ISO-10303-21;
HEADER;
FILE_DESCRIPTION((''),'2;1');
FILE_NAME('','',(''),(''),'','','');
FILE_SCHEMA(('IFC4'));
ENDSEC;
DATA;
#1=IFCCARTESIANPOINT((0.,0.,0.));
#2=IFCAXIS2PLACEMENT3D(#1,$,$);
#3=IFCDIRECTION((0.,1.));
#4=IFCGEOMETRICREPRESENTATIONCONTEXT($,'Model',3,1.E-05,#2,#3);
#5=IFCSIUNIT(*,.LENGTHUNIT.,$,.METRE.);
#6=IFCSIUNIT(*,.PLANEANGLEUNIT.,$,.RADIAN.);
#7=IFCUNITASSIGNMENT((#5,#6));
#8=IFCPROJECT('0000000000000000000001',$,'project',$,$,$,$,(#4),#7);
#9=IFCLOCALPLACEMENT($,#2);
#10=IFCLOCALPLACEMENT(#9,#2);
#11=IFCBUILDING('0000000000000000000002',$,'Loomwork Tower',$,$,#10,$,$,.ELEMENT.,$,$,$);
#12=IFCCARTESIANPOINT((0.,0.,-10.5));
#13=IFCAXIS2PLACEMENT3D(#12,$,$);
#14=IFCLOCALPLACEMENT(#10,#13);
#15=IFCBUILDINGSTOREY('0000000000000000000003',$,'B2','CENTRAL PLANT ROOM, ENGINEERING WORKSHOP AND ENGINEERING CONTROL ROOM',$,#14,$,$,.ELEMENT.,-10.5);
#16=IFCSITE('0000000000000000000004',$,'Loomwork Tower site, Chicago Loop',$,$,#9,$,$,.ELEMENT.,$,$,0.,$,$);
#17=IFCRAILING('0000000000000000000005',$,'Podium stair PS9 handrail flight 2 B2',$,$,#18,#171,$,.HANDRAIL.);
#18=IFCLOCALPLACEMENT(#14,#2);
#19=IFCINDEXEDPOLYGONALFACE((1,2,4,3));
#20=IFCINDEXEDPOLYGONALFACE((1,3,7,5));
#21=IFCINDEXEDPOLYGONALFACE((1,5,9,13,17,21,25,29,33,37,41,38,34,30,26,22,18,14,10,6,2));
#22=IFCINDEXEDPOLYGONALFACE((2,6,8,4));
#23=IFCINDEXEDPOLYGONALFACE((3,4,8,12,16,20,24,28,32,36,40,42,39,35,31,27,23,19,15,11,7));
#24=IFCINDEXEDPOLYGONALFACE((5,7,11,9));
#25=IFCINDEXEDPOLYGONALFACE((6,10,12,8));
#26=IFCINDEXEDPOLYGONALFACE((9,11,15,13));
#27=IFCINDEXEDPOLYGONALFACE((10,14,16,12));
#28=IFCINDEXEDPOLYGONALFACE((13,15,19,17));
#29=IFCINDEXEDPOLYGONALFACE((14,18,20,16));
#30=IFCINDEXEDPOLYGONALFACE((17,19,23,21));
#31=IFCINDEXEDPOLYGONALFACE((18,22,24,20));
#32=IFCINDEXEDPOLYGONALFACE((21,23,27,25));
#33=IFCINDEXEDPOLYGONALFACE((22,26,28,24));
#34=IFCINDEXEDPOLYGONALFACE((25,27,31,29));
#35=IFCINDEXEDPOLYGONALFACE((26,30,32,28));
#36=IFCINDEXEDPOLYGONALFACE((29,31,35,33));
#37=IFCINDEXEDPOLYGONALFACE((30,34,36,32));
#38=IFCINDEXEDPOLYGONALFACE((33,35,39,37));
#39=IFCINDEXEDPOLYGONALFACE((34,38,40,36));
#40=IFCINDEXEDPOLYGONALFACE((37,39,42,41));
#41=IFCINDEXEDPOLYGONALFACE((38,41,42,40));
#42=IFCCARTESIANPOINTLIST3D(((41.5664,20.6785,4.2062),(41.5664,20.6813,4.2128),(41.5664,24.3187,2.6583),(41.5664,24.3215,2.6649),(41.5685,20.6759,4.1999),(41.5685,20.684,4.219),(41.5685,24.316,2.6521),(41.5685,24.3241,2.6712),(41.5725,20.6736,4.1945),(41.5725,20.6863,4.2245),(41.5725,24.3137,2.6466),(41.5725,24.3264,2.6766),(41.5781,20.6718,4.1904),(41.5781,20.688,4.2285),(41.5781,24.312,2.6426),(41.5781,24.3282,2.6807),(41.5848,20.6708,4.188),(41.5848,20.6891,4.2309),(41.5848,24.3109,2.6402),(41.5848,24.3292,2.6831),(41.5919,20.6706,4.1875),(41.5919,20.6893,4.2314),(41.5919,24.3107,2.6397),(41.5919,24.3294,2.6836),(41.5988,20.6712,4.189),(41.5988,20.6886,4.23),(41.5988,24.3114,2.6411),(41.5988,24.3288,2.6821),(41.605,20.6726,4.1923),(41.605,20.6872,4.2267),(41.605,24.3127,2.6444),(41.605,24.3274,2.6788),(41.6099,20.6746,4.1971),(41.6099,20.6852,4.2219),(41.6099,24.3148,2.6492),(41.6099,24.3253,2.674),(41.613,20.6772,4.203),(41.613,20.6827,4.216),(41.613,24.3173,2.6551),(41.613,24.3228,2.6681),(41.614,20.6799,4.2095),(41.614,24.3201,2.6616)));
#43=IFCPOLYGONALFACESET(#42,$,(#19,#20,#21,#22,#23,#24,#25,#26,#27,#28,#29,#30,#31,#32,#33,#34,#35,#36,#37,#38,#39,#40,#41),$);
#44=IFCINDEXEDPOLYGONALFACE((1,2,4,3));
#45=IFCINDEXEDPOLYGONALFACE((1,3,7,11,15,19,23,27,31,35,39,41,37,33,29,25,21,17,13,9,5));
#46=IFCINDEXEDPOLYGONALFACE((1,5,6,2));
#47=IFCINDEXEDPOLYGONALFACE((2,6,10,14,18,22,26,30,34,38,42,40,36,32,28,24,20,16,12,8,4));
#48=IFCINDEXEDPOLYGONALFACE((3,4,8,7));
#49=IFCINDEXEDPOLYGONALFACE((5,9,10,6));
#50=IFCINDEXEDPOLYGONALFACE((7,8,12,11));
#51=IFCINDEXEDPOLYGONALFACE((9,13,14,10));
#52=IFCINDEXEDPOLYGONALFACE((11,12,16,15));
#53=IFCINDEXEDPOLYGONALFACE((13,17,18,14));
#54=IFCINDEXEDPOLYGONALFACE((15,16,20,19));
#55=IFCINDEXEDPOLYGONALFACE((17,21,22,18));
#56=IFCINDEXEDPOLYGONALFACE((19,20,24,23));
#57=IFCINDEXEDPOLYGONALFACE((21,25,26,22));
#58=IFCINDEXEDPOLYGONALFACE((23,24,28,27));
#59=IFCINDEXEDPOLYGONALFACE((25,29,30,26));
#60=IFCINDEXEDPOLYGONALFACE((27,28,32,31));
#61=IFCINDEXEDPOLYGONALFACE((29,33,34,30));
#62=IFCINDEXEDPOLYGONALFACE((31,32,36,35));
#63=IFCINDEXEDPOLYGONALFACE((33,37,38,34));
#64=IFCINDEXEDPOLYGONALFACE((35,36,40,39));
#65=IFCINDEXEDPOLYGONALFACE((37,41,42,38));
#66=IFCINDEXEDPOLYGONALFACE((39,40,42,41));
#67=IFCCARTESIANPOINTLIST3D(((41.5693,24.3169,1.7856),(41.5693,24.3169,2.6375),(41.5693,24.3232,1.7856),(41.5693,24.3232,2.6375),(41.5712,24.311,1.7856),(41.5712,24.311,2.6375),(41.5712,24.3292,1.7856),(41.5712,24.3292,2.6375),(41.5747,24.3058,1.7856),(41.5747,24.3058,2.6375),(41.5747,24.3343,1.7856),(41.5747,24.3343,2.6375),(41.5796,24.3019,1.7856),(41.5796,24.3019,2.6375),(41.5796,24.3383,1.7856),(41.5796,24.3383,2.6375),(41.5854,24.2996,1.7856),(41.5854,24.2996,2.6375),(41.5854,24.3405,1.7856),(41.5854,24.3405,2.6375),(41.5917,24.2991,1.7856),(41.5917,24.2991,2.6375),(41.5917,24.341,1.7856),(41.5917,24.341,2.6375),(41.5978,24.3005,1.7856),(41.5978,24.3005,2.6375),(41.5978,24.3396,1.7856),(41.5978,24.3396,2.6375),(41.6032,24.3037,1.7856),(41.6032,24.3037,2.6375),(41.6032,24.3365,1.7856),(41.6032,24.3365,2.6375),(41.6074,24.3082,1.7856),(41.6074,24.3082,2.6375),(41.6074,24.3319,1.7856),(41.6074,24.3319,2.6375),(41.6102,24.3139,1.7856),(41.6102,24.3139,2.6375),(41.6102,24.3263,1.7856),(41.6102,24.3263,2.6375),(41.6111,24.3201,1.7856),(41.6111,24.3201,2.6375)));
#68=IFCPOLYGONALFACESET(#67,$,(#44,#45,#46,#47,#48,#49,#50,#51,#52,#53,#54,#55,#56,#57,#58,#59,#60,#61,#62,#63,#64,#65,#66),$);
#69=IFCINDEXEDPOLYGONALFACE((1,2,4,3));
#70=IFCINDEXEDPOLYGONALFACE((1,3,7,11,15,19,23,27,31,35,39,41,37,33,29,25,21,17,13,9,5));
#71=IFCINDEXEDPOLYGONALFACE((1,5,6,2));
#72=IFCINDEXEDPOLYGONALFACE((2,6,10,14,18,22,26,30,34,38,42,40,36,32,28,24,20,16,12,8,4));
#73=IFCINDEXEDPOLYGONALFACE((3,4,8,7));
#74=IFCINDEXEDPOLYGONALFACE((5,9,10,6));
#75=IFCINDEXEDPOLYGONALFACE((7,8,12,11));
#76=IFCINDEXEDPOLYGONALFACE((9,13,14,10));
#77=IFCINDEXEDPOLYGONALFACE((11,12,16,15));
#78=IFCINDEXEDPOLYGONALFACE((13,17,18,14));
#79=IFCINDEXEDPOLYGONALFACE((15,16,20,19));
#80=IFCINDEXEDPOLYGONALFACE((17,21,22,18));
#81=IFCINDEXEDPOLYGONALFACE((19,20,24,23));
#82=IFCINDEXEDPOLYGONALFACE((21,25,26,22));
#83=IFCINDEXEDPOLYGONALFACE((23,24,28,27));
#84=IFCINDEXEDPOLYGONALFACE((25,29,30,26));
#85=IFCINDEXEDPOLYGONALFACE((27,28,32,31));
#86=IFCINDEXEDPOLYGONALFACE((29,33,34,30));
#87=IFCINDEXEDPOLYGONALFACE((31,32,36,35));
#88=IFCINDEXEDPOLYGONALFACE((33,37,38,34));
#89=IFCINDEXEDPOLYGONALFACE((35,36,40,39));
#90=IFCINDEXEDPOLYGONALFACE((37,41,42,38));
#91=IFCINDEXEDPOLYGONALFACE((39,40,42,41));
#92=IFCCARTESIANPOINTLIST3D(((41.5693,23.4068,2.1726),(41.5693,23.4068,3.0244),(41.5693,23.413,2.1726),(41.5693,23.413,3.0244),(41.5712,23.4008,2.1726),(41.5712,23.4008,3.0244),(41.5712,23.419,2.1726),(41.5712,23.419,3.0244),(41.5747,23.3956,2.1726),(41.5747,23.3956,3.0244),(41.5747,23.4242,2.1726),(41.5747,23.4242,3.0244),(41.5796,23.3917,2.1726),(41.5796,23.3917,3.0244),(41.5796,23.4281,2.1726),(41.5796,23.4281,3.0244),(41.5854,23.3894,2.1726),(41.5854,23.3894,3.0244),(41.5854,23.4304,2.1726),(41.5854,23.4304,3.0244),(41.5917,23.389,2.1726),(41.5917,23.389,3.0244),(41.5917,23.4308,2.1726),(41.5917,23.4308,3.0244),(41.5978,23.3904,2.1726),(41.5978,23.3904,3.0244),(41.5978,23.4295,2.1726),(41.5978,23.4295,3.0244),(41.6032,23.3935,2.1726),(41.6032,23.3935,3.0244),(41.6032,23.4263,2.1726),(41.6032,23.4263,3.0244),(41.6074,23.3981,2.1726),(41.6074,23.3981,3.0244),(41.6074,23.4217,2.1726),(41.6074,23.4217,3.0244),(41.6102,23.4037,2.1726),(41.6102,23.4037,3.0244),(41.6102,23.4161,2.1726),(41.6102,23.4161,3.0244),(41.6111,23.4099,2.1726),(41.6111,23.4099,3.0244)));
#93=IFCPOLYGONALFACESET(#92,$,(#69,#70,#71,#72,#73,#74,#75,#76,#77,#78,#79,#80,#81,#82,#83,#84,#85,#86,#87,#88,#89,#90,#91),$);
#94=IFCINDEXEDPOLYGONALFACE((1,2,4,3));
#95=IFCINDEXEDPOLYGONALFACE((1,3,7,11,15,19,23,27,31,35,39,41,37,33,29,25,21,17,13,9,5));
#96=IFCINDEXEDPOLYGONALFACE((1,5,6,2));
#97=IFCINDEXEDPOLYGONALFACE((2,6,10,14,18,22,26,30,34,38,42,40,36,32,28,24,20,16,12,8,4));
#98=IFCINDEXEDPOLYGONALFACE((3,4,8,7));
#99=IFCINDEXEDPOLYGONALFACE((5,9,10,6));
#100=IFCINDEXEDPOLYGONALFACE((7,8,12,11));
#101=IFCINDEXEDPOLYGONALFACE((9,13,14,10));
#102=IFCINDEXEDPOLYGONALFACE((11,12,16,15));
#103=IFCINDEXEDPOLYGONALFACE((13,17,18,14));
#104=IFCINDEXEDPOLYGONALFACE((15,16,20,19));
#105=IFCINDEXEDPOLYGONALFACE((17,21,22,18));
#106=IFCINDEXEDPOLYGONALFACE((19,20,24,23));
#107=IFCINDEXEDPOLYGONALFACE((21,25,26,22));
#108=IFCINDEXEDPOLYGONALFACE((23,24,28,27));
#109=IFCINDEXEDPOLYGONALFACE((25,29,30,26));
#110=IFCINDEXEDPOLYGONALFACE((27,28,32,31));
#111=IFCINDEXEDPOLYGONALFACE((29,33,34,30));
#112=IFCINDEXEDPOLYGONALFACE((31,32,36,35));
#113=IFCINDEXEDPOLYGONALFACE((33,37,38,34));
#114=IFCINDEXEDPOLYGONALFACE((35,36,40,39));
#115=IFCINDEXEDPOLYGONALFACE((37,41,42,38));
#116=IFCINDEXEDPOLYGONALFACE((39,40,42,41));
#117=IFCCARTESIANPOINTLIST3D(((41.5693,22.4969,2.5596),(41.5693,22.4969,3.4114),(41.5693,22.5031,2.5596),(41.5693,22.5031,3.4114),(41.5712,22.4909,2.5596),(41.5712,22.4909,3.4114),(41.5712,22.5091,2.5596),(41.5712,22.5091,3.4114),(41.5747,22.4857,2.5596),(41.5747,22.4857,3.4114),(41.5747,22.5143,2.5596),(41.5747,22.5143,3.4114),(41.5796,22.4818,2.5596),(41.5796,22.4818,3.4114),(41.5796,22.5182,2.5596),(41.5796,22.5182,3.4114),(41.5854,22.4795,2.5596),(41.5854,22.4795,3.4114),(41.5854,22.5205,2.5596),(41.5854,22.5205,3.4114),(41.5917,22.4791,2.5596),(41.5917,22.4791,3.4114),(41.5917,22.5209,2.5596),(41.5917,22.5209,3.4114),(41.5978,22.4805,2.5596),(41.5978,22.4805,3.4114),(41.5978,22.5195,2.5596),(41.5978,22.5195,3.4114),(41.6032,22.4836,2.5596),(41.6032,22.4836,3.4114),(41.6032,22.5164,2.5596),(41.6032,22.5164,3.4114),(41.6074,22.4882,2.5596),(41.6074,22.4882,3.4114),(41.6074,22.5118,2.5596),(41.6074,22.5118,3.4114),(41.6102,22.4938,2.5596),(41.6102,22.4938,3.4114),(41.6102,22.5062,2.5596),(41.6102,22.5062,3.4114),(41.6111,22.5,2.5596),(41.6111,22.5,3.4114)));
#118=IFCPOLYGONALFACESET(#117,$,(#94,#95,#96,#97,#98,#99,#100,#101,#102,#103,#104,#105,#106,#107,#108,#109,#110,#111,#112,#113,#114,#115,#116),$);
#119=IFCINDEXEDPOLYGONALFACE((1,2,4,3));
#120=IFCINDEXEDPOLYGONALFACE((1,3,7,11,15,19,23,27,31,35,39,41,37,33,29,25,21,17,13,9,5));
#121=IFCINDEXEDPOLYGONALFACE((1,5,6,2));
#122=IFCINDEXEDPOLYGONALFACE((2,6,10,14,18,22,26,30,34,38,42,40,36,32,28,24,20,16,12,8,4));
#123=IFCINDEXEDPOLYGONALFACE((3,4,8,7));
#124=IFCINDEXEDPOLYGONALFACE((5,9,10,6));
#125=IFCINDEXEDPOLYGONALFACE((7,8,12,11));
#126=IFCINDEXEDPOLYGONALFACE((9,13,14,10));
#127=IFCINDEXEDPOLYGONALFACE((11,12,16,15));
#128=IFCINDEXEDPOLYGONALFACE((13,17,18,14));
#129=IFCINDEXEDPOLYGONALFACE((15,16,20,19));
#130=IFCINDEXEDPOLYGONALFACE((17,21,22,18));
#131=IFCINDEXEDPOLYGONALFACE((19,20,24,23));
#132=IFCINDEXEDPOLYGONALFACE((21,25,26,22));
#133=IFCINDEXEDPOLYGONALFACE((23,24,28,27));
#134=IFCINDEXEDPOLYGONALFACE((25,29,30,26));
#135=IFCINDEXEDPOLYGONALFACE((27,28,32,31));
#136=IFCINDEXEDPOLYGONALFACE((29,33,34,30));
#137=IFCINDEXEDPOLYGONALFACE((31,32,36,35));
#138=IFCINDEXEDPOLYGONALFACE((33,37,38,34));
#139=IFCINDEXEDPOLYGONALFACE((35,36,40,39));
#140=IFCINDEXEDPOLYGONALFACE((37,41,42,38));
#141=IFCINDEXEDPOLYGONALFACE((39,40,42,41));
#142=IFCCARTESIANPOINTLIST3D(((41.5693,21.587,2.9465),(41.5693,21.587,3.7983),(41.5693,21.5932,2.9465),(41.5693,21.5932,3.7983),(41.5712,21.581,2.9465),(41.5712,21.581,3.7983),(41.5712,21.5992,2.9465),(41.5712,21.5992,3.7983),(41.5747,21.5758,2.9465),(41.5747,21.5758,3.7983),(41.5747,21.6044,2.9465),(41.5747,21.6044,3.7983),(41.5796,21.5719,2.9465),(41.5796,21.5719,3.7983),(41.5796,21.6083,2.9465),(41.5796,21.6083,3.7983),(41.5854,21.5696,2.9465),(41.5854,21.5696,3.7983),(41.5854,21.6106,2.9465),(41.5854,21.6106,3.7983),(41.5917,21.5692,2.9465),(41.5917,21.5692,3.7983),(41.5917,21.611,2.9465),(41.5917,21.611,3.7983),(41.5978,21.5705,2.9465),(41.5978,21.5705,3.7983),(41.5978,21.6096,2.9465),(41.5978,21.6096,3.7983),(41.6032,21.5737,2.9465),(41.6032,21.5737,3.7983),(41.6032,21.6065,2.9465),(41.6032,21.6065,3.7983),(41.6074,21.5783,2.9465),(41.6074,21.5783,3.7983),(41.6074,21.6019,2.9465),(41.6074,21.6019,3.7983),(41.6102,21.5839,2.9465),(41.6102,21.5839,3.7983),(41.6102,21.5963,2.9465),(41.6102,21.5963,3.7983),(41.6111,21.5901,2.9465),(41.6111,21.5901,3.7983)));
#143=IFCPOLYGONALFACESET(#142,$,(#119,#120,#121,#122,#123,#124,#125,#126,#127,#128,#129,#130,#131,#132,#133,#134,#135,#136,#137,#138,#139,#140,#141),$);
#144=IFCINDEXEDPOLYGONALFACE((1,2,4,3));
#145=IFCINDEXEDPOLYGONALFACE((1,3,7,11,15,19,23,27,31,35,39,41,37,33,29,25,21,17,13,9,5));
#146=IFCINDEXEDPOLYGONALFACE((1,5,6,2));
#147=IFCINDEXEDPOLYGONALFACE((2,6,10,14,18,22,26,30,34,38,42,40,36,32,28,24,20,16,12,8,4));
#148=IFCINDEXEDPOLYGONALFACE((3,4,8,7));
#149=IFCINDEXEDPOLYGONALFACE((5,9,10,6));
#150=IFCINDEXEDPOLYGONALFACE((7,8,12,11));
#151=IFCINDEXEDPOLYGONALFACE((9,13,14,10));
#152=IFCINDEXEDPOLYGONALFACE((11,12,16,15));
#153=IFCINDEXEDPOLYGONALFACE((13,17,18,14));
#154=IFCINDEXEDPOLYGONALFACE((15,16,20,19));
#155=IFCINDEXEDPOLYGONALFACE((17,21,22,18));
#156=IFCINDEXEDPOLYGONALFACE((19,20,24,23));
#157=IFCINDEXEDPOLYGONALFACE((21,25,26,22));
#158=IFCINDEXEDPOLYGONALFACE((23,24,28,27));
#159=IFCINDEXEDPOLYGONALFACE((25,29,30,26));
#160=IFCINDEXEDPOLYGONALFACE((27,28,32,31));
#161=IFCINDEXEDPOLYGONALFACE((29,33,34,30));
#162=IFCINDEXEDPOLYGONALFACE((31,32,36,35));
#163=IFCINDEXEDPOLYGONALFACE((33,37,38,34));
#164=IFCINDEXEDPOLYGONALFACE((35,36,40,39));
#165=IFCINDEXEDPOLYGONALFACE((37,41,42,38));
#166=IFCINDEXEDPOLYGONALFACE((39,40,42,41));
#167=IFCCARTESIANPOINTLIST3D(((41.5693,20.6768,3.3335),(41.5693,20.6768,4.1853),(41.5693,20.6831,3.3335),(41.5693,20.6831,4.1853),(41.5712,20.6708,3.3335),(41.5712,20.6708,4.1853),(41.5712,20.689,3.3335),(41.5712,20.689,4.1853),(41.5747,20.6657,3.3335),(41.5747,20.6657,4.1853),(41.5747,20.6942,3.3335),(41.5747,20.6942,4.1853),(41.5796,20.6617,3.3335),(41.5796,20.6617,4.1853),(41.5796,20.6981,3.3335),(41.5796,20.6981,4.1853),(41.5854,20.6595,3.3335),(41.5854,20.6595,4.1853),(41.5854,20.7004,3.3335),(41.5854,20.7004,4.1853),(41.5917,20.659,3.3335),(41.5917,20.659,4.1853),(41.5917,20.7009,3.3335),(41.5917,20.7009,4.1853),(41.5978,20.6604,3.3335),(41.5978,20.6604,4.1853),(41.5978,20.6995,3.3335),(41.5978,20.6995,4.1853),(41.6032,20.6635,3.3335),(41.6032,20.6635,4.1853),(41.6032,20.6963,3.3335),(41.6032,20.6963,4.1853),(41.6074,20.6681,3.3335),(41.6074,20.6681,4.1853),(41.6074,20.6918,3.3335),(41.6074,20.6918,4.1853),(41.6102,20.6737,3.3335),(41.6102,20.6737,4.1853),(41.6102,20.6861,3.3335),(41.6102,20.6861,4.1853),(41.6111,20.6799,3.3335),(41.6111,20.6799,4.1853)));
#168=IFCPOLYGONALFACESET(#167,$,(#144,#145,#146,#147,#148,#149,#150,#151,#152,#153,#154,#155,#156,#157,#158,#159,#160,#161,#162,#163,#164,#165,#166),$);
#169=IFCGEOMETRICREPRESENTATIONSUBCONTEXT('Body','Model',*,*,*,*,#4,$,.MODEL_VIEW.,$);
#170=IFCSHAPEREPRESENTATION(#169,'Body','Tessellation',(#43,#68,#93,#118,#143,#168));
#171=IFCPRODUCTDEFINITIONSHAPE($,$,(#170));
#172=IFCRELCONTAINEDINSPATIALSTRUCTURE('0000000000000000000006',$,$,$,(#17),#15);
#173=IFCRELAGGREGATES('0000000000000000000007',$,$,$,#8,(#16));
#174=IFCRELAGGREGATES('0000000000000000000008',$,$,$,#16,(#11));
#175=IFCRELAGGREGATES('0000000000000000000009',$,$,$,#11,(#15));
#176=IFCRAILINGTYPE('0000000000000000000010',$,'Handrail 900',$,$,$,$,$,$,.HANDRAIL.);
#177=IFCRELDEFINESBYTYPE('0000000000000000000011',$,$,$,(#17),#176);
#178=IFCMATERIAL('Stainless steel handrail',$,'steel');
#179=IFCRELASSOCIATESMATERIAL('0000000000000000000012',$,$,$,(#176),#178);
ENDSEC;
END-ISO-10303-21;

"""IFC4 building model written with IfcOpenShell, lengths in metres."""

from ifc_helpers import new_model, si_unit, direction, frame, origin, origin_2d, place, context, subcontext, project, spatial, circle, extrude, material, type_object, element, save


model = new_model("IFC4")

# Units and contexts
model_context = context("Model", 3, precision=1e-05, world=origin(), true_north=direction((0.0, 1.0)))
body_context = subcontext(model_context, "Body", "Model", "MODEL_VIEW")
ifc_project = project(units=[si_unit("LENGTHUNIT", "METRE"), si_unit("PLANEANGLEUNIT", "RADIAN")], contexts=[model_context])

# Site, building, storey
site_placement = place(None, origin())
site = spatial("IfcSite", under=ifc_project, at=site_placement, Name="Loomwork Tower site, Chicago Loop", CompositionType="ELEMENT", RefElevation=0.0)
building_placement = place(site_placement, origin())
building = spatial("IfcBuilding", under=site, at=building_placement, Name="Loomwork Tower", CompositionType="ELEMENT")
storey_placement = place(building_placement, frame((0.0, 0.0, -10.5)))
storey = spatial("IfcBuildingStorey", under=building, at=storey_placement, Name="B2", Description="CENTRAL PLANT ROOM, ENGINEERING WORKSHOP AND ENGINEERING CONTROL ROOM", CompositionType="ELEMENT", Elevation=-10.5)

# Railing
ifc_material_1 = material(Name="Stainless steel handrail", Category="steel")
railing_type = type_object("IfcRailingType", Name="Handrail 900", PredefinedType="HANDRAIL", material=ifc_material_1)
railing_1_placement = place(storey_placement, frame((41.5901, 24.3201, 1.7856)))
element("IfcRailing", 1, at=railing_1_placement, inside=storey, type_object=railing_type, Name="Podium stair PS9 handrail flight 2 B2", PredefinedType="HANDRAIL", context=body_context, shape_type="SweptSolid", body=[
    extrude(circle(Radius=0.0239, at=origin_2d()), frame((0.0, 0.0, 0.876), z_axis=(0.0, -0.920259, 0.391311), x_axis=(1.0, 0.0, 0.0)), (0.0, 0.0, 1.0), 3.9556),
    extrude(circle(Radius=0.021, at=origin_2d()), origin(), (0.0, 0.0, 1.0), 0.8518),
    extrude(circle(Radius=0.021, at=origin_2d()), frame((0.0, -0.9102, 0.387)), (0.0, 0.0, 1.0), 0.8518),
    extrude(circle(Radius=0.021, at=origin_2d()), frame((0.0, -1.8201, 0.7739)), (0.0, 0.0, 1.0), 0.8518),
    extrude(circle(Radius=0.021, at=origin_2d()), frame((0.0, -2.73, 1.1609)), (0.0, 0.0, 1.0), 0.8518),
    extrude(circle(Radius=0.021, at=origin_2d()), frame((0.0, -3.6401, 1.5479)), (0.0, 0.0, 1.0), 0.8518),
])

save(model, "model.ifc")
